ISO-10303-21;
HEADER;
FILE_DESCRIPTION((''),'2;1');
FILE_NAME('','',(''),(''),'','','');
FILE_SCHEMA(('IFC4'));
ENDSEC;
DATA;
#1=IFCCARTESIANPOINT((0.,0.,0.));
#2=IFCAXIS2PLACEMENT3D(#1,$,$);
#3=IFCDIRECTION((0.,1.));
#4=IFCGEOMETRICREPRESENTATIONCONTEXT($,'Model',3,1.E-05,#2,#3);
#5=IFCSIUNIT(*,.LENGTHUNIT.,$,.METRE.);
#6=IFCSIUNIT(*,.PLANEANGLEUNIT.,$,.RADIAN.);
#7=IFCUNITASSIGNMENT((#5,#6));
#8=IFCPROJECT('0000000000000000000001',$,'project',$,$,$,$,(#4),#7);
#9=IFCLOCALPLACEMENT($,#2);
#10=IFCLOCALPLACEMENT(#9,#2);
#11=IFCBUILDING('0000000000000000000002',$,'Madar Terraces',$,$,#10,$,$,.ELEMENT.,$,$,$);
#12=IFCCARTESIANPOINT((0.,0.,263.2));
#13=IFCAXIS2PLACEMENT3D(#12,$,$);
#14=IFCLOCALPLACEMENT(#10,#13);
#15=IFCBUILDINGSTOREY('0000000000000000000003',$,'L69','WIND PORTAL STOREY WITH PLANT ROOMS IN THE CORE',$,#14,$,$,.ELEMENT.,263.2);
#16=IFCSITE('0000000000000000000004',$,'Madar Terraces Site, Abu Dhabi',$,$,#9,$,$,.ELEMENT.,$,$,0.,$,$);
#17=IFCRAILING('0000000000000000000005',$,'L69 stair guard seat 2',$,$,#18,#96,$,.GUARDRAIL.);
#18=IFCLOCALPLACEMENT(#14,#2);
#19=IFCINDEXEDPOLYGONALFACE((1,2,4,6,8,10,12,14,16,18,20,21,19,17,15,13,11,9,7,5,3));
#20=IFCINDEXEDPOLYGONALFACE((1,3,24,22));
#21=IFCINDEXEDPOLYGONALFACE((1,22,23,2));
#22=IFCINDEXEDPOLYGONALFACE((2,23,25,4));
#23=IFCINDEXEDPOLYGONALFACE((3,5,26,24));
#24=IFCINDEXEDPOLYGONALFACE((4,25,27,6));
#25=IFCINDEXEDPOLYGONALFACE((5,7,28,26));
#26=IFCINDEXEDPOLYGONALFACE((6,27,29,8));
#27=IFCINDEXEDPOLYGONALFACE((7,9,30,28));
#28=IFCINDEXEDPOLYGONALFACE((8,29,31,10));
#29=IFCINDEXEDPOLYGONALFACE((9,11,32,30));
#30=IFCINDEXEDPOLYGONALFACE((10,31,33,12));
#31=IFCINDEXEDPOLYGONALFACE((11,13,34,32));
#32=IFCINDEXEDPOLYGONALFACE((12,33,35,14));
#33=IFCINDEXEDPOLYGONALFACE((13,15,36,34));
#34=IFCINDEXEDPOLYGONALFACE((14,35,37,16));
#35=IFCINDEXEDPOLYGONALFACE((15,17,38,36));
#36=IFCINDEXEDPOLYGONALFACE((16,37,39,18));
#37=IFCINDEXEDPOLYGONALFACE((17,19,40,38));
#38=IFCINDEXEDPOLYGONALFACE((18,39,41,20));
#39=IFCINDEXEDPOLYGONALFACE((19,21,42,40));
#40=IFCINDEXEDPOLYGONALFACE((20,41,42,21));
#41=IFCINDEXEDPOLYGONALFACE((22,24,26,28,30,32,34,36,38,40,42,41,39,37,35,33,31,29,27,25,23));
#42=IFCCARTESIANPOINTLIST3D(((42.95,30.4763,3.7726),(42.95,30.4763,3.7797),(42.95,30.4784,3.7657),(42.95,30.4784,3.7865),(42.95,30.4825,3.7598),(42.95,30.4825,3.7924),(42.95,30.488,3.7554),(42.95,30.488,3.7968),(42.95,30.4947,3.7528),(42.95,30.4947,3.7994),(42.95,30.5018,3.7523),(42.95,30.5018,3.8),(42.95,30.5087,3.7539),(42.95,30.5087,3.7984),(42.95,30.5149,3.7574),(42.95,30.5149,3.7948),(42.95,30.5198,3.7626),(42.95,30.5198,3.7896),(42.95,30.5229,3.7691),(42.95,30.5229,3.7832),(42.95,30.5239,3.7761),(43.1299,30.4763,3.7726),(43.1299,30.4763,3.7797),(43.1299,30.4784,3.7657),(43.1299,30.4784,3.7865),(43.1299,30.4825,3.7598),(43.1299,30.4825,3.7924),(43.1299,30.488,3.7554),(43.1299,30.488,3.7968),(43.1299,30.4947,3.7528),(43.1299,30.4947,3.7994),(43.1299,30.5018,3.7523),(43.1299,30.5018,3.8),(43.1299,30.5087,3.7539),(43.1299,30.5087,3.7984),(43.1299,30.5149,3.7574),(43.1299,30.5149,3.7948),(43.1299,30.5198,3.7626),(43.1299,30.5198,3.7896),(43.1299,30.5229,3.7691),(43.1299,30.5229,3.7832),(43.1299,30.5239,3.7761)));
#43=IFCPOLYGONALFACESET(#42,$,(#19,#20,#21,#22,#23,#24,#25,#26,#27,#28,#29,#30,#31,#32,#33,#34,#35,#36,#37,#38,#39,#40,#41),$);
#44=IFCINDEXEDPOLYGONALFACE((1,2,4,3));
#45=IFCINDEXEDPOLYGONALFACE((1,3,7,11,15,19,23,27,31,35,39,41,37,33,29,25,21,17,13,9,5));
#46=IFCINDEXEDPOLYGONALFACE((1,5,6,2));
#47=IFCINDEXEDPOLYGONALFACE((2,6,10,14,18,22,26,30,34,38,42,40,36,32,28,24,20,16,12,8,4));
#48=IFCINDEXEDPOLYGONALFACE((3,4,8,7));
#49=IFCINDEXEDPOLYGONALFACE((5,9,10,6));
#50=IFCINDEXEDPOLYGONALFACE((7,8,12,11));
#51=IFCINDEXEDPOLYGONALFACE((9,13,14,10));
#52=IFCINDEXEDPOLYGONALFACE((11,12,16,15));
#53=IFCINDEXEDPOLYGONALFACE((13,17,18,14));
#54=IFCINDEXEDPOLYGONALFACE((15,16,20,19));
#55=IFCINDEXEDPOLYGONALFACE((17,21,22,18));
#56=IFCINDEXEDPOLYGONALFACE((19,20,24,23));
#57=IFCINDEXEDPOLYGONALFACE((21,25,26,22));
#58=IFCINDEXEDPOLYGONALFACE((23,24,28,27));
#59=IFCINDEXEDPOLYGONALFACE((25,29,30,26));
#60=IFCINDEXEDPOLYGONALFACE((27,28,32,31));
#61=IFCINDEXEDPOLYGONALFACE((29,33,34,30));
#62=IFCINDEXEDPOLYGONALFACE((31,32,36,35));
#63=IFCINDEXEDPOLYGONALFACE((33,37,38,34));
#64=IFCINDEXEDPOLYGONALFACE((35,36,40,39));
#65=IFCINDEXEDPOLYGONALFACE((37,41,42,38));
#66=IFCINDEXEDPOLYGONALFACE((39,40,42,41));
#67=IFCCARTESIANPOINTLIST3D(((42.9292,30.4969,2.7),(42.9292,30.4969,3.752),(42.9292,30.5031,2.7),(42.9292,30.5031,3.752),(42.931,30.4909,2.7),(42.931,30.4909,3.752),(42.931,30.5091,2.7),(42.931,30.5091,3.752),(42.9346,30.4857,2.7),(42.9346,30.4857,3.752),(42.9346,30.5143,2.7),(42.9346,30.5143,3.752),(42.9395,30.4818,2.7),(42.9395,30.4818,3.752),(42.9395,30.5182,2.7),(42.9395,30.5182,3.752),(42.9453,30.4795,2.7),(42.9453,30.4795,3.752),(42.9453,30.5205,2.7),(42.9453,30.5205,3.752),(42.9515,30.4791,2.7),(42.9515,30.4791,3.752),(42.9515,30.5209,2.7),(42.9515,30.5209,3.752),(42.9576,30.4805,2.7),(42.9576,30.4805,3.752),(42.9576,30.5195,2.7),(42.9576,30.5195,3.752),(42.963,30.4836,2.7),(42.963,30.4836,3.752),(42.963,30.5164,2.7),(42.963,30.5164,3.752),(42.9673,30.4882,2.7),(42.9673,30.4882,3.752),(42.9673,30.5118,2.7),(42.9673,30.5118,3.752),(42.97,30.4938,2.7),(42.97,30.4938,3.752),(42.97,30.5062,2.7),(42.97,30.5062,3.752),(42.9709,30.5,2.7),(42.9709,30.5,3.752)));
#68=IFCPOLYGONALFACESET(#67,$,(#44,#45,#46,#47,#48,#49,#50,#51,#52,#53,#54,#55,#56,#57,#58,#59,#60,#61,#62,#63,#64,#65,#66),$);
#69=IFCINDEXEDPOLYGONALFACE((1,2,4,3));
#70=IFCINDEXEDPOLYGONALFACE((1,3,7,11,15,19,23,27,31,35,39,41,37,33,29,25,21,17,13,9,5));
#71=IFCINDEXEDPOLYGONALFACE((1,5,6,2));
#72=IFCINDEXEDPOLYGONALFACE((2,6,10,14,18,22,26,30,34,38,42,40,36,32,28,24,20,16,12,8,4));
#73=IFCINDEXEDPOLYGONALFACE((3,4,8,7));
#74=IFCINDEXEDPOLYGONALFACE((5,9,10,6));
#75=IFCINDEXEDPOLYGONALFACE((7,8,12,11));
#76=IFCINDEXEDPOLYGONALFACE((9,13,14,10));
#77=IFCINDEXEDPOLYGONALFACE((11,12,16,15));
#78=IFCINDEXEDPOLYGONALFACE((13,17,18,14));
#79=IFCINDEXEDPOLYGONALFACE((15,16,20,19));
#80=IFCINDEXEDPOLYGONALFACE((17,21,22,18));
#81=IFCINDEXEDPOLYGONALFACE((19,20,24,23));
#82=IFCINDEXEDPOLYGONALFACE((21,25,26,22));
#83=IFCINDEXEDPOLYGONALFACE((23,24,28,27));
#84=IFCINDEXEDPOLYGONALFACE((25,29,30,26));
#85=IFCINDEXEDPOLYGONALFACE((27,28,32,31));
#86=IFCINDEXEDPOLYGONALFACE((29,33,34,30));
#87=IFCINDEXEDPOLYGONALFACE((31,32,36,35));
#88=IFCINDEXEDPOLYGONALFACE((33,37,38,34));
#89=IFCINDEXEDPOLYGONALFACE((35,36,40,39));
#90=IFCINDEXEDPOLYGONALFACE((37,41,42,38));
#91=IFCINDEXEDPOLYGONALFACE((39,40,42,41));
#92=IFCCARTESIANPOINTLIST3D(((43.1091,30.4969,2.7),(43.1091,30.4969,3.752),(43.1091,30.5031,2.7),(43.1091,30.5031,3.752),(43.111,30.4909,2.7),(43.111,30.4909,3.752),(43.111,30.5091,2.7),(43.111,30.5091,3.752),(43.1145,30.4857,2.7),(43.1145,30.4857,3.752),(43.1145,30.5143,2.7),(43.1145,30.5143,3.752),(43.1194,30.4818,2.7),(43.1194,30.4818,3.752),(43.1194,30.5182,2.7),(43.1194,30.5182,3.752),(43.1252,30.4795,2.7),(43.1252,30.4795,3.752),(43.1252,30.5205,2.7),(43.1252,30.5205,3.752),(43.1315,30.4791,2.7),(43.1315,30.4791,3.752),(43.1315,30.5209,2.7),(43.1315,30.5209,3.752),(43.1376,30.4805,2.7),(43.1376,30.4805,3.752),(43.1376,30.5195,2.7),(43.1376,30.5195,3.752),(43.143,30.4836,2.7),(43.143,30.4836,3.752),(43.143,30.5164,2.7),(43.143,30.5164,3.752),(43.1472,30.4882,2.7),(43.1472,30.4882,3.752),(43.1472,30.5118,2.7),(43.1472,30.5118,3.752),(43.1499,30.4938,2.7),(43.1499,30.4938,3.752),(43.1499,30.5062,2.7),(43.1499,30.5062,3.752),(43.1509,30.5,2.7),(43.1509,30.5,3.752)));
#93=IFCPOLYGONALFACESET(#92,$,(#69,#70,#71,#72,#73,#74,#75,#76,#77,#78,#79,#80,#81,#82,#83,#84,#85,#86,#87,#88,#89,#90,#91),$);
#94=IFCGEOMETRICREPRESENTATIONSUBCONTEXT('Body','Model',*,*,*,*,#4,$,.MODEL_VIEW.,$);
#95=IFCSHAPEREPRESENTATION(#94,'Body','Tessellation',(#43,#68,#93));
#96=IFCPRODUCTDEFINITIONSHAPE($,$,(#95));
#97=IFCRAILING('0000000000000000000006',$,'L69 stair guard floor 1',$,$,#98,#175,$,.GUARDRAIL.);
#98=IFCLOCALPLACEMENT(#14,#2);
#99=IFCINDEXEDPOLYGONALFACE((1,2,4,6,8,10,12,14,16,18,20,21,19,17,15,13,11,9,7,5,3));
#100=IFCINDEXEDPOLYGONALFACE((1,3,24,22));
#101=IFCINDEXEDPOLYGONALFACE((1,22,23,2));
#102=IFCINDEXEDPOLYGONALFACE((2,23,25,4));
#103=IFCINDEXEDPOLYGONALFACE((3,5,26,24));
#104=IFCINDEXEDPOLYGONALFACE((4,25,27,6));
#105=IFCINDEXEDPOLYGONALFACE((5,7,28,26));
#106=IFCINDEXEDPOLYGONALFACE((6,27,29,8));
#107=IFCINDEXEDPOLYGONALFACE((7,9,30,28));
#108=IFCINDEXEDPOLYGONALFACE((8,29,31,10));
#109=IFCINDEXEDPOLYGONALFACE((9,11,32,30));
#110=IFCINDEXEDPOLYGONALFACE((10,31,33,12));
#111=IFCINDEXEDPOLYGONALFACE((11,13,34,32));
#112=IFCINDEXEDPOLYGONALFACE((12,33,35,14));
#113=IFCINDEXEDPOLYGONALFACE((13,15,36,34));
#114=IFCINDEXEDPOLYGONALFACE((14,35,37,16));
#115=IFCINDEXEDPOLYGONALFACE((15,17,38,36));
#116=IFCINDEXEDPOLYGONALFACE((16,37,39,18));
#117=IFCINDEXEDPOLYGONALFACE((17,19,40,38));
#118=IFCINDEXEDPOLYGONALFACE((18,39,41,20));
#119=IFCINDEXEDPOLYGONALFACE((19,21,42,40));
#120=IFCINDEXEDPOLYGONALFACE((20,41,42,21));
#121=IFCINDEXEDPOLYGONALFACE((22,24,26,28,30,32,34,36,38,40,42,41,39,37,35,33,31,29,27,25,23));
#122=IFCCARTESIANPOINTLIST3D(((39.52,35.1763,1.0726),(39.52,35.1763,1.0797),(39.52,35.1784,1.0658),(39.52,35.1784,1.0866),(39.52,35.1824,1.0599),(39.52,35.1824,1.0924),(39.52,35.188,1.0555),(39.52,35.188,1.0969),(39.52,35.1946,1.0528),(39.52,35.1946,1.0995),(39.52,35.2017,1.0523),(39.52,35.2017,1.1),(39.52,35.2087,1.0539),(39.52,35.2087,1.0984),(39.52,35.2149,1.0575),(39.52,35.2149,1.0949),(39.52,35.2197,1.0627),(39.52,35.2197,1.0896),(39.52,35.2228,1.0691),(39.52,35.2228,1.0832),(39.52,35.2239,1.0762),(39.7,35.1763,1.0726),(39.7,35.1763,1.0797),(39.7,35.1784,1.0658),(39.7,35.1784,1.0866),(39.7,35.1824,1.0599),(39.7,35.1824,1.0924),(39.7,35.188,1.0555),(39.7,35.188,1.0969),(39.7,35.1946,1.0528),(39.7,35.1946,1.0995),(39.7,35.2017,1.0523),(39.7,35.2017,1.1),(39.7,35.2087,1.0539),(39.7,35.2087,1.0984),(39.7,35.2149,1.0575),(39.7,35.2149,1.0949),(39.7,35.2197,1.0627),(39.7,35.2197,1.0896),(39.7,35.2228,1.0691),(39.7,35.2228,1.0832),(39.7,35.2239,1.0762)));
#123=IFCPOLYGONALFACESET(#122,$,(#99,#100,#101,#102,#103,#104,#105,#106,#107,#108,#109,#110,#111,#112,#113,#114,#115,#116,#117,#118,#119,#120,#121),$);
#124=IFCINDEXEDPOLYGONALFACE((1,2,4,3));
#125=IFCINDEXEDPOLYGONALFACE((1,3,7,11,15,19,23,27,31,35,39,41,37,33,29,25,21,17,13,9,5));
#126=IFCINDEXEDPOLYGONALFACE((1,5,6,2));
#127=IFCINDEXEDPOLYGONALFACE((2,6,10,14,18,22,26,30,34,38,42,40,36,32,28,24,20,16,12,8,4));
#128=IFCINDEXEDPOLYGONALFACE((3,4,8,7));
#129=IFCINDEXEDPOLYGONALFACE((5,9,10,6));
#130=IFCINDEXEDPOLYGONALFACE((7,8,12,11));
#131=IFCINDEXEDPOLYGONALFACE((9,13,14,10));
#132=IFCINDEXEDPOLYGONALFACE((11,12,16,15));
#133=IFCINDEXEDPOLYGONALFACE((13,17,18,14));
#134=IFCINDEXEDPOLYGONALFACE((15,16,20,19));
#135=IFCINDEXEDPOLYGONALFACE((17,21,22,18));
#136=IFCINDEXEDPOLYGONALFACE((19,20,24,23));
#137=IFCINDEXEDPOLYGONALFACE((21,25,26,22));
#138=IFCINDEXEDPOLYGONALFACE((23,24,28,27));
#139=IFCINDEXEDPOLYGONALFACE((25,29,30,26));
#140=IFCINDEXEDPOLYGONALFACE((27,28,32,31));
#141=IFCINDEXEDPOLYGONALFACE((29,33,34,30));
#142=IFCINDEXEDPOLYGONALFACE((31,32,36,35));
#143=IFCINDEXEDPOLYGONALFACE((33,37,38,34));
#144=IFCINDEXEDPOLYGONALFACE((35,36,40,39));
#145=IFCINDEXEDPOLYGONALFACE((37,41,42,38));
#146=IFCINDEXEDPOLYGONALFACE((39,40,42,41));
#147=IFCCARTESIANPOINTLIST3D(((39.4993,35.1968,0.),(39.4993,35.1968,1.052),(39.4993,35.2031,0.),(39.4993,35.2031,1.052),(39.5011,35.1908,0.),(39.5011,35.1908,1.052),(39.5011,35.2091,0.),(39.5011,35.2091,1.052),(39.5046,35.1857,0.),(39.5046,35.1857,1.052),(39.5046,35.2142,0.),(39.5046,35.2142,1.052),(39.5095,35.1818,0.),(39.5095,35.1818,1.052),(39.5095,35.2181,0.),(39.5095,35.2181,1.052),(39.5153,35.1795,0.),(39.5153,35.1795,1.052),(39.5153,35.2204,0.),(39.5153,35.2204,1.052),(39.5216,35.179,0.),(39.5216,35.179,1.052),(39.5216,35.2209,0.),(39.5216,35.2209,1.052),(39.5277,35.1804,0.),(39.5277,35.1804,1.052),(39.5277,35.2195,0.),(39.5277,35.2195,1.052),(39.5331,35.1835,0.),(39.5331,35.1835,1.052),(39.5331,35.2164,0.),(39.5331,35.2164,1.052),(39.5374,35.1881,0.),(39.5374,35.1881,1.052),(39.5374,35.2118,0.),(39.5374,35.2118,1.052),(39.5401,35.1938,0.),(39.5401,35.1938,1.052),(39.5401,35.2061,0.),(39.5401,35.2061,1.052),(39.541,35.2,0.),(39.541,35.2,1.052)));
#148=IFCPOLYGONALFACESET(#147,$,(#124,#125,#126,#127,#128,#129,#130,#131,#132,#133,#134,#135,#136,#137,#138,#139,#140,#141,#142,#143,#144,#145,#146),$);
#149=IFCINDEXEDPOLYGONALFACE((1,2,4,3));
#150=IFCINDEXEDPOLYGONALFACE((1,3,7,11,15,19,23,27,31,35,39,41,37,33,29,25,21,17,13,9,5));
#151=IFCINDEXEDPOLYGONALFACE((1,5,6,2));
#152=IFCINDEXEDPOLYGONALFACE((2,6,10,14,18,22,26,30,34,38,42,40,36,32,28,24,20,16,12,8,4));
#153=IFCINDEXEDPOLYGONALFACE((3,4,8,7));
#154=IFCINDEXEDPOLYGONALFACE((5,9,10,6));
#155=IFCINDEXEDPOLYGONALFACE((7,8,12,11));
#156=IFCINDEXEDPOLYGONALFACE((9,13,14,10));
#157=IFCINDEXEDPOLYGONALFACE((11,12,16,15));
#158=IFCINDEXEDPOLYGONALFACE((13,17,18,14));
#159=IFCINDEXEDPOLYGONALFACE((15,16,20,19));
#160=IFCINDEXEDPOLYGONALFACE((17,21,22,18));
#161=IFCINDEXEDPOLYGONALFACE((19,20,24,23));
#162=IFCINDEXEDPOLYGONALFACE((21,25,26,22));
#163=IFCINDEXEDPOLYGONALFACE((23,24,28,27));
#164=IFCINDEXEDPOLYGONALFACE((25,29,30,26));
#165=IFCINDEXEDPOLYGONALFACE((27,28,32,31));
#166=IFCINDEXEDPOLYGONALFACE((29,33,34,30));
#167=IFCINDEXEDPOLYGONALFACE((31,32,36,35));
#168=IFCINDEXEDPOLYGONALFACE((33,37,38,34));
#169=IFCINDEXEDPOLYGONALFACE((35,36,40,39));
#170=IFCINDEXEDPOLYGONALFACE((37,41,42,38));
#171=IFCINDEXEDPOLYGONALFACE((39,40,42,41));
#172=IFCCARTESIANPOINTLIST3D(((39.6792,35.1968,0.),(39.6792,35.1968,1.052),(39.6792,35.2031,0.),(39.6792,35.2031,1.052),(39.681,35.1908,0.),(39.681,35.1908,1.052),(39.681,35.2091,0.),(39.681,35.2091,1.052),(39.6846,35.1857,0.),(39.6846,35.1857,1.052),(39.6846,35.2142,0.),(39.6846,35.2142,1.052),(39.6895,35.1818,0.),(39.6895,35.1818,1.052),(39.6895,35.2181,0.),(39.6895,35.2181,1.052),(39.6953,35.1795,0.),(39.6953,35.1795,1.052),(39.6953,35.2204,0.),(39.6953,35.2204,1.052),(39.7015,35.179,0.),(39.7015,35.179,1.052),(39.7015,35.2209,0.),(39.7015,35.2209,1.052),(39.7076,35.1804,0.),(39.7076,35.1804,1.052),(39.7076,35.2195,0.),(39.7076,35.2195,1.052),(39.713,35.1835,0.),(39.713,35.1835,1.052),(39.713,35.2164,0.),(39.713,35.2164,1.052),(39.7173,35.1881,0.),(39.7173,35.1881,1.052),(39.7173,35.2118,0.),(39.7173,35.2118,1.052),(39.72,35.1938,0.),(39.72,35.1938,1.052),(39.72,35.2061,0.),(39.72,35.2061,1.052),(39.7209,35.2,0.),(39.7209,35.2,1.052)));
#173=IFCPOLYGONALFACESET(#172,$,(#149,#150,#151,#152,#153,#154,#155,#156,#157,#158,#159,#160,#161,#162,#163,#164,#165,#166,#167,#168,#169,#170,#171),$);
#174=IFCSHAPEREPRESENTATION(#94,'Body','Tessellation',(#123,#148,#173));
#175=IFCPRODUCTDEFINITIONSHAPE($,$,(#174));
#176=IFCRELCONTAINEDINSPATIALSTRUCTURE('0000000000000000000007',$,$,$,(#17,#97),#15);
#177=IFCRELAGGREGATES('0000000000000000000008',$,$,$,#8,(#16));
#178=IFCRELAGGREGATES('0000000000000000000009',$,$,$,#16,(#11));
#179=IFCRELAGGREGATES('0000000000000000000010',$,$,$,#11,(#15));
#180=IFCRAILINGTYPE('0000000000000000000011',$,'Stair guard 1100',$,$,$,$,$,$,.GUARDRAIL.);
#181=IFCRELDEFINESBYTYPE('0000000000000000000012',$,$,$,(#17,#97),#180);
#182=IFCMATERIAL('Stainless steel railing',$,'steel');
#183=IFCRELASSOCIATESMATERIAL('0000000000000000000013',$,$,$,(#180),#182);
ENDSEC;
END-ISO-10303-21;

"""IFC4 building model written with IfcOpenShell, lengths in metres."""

from ifc_helpers import new_model, si_unit, direction, frame, origin, origin_2d, place, context, subcontext, project, spatial, circle, extrude, material, type_object, element, save


model = new_model("IFC4")

# Units and contexts
model_context = context("Model", 3, precision=1e-05, world=origin(), true_north=direction((0.0, 1.0)))
body_context = subcontext(model_context, "Body", "Model", "MODEL_VIEW")
ifc_project = project(units=[si_unit("LENGTHUNIT", "METRE"), si_unit("PLANEANGLEUNIT", "RADIAN")], contexts=[model_context])

# Site, building, storey
site_placement = place(None, origin())
site = spatial("IfcSite", under=ifc_project, at=site_placement, Name="Madar Terraces Site, Abu Dhabi", CompositionType="ELEMENT", RefElevation=0.0)
building_placement = place(site_placement, origin())
building = spatial("IfcBuilding", under=site, at=building_placement, Name="Madar Terraces", CompositionType="ELEMENT")
storey_placement = place(building_placement, frame((0.0, 0.0, 263.2)))
storey = spatial("IfcBuildingStorey", under=building, at=storey_placement, Name="L69", Description="WIND PORTAL STOREY WITH PLANT ROOMS IN THE CORE", CompositionType="ELEMENT", Elevation=263.2)

# Railings
ifc_material_1 = material(Name="Stainless steel railing", Category="steel")
railing_type_1 = type_object("IfcRailingType", Name="Stair guard 1100", PredefinedType="GUARDRAIL", material=ifc_material_1)
for number, where, name in (
    (1, (42.95, 30.5, 2.7), "L69 stair guard seat 2"),
    (2, (39.52, 35.2, 0.0), "L69 stair guard floor 1"),
):
    element("IfcRailing", number, at=place(storey_placement, frame(where)), inside=storey, type_object=railing_type_1, Name=name, PredefinedType="GUARDRAIL", context=body_context, shape_type="SweptSolid", body=[
        extrude(circle(Radius=0.0239, at=origin_2d()), frame((0.0, 0.0, 1.0762), z_axis=(1.0, 0.0, 0.0), x_axis=(0.0, 1.0, 0.0)), (0.0, 0.0, 1.0), 0.1799),
        extrude(circle(Radius=0.021, at=origin_2d()), origin(), (0.0, 0.0, 1.0), 1.052),
        extrude(circle(Radius=0.021, at=origin_2d()), frame((0.1799, 0.0, 0.0)), (0.0, 0.0, 1.0), 1.052),
    ])

save(model, "model.ifc")
